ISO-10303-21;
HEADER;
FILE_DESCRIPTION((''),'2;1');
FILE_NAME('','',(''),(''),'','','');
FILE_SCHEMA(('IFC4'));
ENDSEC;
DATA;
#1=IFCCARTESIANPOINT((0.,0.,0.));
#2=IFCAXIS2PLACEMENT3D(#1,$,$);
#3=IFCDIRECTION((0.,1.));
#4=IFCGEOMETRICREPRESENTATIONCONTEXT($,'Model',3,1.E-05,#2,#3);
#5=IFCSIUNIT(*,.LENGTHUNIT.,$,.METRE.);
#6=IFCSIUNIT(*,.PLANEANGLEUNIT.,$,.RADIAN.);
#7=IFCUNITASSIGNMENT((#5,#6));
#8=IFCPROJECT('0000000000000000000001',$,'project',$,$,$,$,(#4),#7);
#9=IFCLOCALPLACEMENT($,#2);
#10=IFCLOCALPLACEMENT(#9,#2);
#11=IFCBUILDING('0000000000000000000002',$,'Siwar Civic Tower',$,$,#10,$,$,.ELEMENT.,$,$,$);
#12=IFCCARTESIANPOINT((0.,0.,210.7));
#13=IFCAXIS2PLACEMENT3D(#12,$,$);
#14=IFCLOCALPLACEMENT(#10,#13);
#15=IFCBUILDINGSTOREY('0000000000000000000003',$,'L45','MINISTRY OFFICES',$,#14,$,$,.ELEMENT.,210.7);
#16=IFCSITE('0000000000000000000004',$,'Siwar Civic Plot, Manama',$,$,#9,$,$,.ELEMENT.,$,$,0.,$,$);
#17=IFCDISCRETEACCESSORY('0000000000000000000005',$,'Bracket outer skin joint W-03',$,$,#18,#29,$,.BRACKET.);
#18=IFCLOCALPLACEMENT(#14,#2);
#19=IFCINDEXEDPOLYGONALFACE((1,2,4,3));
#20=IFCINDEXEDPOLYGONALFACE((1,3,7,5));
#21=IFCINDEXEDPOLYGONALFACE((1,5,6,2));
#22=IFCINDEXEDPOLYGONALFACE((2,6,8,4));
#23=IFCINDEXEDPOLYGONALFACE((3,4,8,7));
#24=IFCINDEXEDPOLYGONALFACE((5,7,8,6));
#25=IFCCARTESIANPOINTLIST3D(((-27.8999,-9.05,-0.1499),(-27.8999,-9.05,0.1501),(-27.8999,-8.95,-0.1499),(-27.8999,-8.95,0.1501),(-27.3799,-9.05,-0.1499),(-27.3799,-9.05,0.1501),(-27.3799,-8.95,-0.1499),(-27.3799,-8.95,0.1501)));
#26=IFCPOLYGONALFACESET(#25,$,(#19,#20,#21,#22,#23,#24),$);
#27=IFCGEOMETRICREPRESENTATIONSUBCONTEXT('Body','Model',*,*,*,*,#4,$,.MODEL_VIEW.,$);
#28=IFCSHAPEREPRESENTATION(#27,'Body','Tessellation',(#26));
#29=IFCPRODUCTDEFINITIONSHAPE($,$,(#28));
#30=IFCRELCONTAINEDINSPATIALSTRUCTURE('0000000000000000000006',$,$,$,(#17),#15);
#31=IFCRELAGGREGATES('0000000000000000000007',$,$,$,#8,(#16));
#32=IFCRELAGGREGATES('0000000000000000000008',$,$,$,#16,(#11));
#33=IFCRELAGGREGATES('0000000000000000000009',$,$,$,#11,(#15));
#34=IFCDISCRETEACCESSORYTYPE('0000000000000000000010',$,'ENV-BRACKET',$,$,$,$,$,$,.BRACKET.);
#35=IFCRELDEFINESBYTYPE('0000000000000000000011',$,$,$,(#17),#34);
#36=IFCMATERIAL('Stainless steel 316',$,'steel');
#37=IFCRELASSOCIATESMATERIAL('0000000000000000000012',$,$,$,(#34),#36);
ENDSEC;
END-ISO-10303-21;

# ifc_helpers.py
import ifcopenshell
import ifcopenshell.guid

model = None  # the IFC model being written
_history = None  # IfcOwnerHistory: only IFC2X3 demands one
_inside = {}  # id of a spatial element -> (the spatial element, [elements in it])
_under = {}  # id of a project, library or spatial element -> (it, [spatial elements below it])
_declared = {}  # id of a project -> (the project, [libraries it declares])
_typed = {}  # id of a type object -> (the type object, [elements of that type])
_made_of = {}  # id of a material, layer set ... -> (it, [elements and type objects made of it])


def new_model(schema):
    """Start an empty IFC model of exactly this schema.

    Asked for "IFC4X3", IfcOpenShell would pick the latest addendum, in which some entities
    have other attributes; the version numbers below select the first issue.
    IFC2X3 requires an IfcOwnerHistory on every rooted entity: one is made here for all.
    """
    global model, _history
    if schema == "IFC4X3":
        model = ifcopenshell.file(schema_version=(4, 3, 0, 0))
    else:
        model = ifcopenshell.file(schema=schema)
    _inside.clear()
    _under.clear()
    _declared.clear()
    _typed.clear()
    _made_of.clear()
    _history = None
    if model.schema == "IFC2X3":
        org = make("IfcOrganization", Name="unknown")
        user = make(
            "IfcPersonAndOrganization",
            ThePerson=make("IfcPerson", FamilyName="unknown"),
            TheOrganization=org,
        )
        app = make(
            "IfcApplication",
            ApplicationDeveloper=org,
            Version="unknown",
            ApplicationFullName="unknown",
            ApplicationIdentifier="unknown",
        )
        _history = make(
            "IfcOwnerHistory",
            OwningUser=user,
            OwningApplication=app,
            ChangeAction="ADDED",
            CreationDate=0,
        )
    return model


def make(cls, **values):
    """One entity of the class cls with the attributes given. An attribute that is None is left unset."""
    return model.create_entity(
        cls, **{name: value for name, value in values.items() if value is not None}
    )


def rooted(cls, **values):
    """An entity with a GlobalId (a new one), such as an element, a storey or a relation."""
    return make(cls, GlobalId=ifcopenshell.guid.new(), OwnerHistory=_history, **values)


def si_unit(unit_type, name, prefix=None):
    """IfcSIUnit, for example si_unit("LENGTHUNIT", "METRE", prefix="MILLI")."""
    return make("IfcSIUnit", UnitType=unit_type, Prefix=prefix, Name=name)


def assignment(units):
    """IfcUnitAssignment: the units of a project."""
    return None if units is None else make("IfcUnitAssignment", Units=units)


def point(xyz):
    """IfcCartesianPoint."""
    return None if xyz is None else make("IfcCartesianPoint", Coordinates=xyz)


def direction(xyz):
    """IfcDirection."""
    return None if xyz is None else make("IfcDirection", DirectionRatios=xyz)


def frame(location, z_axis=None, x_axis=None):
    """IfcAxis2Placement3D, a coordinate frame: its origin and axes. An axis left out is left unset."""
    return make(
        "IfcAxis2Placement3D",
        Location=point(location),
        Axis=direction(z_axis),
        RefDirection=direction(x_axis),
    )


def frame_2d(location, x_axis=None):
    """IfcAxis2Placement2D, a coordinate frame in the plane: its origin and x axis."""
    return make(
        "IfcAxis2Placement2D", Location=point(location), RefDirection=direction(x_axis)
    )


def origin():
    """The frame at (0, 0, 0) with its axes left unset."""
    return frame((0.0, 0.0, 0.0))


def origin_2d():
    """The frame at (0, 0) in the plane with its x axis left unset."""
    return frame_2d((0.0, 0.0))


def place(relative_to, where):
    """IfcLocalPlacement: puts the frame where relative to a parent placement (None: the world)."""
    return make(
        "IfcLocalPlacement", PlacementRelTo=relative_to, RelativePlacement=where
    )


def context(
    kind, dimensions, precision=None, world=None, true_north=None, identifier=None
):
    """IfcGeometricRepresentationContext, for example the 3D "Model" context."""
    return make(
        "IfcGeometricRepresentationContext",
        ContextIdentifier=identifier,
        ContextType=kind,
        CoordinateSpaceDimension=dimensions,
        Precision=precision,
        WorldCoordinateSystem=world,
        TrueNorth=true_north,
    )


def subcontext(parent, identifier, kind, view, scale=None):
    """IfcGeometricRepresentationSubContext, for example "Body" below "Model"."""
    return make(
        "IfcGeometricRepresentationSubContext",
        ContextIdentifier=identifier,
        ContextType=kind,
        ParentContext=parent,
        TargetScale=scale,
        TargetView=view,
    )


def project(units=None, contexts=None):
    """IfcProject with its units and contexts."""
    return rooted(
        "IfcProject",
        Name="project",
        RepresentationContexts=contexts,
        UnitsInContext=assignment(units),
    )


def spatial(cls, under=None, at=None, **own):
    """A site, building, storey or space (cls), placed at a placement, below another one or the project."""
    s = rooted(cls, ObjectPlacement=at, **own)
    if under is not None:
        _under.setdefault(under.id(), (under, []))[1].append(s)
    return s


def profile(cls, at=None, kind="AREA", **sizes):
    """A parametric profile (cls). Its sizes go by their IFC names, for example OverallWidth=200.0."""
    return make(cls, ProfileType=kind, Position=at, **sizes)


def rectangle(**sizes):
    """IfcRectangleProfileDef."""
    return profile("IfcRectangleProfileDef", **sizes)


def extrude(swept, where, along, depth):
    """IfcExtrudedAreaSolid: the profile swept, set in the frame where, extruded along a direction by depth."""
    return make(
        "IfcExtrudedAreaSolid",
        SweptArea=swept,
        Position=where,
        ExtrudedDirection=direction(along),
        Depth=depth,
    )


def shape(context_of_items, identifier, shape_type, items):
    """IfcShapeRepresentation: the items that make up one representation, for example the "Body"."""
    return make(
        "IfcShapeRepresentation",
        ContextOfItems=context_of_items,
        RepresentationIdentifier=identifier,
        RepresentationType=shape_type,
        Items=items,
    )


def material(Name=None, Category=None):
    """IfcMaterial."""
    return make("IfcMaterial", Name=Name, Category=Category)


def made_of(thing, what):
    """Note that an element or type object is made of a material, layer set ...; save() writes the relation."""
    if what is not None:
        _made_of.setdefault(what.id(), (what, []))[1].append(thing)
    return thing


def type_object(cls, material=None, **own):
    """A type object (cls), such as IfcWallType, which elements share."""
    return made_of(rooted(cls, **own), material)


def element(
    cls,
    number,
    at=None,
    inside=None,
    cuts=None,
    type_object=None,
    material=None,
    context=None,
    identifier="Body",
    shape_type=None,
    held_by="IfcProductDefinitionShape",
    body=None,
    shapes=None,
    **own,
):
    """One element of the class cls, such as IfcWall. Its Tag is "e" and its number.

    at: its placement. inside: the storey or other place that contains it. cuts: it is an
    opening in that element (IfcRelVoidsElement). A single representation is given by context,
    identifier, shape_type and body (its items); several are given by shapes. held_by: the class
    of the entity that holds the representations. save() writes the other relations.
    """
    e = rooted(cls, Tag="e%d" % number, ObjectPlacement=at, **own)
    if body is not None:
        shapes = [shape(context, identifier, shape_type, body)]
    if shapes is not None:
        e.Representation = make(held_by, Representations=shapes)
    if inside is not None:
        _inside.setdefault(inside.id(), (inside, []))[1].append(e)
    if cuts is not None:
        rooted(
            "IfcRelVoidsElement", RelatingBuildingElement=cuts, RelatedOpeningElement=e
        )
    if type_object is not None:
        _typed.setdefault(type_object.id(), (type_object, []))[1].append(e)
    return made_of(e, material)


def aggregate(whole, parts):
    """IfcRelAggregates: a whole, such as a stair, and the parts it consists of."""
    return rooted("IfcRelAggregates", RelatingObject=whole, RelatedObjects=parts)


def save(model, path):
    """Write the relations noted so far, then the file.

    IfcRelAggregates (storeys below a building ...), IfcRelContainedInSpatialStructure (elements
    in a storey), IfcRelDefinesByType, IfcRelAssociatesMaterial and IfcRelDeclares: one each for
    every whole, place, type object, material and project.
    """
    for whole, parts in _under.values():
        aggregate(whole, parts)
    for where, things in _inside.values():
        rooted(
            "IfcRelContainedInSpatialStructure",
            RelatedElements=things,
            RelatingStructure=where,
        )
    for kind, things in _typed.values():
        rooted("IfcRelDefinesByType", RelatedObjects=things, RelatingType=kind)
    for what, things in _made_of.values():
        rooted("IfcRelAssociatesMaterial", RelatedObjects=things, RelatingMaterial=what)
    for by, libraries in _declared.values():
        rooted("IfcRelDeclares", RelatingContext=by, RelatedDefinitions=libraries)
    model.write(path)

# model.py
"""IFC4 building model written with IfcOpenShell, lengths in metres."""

from ifc_helpers import new_model, si_unit, direction, frame, origin, origin_2d, place, context, subcontext, project, spatial, rectangle, extrude, material, type_object, element, save


model = new_model("IFC4")

# Units and contexts
model_context = context("Model", 3, precision=1e-05, world=origin(), true_north=direction((0.0, 1.0)))
body_context = subcontext(model_context, "Body", "Model", "MODEL_VIEW")
ifc_project = project(units=[si_unit("LENGTHUNIT", "METRE"), si_unit("PLANEANGLEUNIT", "RADIAN")], contexts=[model_context])

# Site, building, storey
site_placement = place(None, origin())
site = spatial("IfcSite", under=ifc_project, at=site_placement, Name="Siwar Civic Plot, Manama", CompositionType="ELEMENT", RefElevation=0.0)
building_placement = place(site_placement, origin())
building = spatial("IfcBuilding", under=site, at=building_placement, Name="Siwar Civic Tower", CompositionType="ELEMENT")
storey_placement = place(building_placement, frame((0.0, 0.0, 210.7)))
storey = spatial("IfcBuildingStorey", under=building, at=storey_placement, Name="L45", Description="MINISTRY OFFICES", CompositionType="ELEMENT", Elevation=210.7)

# Discrete accessory
ifc_material_1 = material(Name="Stainless steel 316", Category="steel")
discrete_accessory_type = type_object("IfcDiscreteAccessoryType", Name="ENV-BRACKET", PredefinedType="BRACKET", material=ifc_material_1)
discrete_accessory_placement = place(storey_placement, frame((-27.6399, -9.0, -0.1499), z_axis=(0.0, 0.0, 1.0), x_axis=(-1.0, 0.0, 0.0)))
element("IfcDiscreteAccessory", 1, at=discrete_accessory_placement, inside=storey, type_object=discrete_accessory_type, Name="Bracket outer skin joint W-03", PredefinedType="BRACKET", context=body_context, shape_type="SweptSolid", body=[
    extrude(rectangle(XDim=0.52, YDim=0.1001, at=origin_2d()), origin(), (0.0, 0.0, 1.0), 0.3),
])

save(model, "model.ifc")
